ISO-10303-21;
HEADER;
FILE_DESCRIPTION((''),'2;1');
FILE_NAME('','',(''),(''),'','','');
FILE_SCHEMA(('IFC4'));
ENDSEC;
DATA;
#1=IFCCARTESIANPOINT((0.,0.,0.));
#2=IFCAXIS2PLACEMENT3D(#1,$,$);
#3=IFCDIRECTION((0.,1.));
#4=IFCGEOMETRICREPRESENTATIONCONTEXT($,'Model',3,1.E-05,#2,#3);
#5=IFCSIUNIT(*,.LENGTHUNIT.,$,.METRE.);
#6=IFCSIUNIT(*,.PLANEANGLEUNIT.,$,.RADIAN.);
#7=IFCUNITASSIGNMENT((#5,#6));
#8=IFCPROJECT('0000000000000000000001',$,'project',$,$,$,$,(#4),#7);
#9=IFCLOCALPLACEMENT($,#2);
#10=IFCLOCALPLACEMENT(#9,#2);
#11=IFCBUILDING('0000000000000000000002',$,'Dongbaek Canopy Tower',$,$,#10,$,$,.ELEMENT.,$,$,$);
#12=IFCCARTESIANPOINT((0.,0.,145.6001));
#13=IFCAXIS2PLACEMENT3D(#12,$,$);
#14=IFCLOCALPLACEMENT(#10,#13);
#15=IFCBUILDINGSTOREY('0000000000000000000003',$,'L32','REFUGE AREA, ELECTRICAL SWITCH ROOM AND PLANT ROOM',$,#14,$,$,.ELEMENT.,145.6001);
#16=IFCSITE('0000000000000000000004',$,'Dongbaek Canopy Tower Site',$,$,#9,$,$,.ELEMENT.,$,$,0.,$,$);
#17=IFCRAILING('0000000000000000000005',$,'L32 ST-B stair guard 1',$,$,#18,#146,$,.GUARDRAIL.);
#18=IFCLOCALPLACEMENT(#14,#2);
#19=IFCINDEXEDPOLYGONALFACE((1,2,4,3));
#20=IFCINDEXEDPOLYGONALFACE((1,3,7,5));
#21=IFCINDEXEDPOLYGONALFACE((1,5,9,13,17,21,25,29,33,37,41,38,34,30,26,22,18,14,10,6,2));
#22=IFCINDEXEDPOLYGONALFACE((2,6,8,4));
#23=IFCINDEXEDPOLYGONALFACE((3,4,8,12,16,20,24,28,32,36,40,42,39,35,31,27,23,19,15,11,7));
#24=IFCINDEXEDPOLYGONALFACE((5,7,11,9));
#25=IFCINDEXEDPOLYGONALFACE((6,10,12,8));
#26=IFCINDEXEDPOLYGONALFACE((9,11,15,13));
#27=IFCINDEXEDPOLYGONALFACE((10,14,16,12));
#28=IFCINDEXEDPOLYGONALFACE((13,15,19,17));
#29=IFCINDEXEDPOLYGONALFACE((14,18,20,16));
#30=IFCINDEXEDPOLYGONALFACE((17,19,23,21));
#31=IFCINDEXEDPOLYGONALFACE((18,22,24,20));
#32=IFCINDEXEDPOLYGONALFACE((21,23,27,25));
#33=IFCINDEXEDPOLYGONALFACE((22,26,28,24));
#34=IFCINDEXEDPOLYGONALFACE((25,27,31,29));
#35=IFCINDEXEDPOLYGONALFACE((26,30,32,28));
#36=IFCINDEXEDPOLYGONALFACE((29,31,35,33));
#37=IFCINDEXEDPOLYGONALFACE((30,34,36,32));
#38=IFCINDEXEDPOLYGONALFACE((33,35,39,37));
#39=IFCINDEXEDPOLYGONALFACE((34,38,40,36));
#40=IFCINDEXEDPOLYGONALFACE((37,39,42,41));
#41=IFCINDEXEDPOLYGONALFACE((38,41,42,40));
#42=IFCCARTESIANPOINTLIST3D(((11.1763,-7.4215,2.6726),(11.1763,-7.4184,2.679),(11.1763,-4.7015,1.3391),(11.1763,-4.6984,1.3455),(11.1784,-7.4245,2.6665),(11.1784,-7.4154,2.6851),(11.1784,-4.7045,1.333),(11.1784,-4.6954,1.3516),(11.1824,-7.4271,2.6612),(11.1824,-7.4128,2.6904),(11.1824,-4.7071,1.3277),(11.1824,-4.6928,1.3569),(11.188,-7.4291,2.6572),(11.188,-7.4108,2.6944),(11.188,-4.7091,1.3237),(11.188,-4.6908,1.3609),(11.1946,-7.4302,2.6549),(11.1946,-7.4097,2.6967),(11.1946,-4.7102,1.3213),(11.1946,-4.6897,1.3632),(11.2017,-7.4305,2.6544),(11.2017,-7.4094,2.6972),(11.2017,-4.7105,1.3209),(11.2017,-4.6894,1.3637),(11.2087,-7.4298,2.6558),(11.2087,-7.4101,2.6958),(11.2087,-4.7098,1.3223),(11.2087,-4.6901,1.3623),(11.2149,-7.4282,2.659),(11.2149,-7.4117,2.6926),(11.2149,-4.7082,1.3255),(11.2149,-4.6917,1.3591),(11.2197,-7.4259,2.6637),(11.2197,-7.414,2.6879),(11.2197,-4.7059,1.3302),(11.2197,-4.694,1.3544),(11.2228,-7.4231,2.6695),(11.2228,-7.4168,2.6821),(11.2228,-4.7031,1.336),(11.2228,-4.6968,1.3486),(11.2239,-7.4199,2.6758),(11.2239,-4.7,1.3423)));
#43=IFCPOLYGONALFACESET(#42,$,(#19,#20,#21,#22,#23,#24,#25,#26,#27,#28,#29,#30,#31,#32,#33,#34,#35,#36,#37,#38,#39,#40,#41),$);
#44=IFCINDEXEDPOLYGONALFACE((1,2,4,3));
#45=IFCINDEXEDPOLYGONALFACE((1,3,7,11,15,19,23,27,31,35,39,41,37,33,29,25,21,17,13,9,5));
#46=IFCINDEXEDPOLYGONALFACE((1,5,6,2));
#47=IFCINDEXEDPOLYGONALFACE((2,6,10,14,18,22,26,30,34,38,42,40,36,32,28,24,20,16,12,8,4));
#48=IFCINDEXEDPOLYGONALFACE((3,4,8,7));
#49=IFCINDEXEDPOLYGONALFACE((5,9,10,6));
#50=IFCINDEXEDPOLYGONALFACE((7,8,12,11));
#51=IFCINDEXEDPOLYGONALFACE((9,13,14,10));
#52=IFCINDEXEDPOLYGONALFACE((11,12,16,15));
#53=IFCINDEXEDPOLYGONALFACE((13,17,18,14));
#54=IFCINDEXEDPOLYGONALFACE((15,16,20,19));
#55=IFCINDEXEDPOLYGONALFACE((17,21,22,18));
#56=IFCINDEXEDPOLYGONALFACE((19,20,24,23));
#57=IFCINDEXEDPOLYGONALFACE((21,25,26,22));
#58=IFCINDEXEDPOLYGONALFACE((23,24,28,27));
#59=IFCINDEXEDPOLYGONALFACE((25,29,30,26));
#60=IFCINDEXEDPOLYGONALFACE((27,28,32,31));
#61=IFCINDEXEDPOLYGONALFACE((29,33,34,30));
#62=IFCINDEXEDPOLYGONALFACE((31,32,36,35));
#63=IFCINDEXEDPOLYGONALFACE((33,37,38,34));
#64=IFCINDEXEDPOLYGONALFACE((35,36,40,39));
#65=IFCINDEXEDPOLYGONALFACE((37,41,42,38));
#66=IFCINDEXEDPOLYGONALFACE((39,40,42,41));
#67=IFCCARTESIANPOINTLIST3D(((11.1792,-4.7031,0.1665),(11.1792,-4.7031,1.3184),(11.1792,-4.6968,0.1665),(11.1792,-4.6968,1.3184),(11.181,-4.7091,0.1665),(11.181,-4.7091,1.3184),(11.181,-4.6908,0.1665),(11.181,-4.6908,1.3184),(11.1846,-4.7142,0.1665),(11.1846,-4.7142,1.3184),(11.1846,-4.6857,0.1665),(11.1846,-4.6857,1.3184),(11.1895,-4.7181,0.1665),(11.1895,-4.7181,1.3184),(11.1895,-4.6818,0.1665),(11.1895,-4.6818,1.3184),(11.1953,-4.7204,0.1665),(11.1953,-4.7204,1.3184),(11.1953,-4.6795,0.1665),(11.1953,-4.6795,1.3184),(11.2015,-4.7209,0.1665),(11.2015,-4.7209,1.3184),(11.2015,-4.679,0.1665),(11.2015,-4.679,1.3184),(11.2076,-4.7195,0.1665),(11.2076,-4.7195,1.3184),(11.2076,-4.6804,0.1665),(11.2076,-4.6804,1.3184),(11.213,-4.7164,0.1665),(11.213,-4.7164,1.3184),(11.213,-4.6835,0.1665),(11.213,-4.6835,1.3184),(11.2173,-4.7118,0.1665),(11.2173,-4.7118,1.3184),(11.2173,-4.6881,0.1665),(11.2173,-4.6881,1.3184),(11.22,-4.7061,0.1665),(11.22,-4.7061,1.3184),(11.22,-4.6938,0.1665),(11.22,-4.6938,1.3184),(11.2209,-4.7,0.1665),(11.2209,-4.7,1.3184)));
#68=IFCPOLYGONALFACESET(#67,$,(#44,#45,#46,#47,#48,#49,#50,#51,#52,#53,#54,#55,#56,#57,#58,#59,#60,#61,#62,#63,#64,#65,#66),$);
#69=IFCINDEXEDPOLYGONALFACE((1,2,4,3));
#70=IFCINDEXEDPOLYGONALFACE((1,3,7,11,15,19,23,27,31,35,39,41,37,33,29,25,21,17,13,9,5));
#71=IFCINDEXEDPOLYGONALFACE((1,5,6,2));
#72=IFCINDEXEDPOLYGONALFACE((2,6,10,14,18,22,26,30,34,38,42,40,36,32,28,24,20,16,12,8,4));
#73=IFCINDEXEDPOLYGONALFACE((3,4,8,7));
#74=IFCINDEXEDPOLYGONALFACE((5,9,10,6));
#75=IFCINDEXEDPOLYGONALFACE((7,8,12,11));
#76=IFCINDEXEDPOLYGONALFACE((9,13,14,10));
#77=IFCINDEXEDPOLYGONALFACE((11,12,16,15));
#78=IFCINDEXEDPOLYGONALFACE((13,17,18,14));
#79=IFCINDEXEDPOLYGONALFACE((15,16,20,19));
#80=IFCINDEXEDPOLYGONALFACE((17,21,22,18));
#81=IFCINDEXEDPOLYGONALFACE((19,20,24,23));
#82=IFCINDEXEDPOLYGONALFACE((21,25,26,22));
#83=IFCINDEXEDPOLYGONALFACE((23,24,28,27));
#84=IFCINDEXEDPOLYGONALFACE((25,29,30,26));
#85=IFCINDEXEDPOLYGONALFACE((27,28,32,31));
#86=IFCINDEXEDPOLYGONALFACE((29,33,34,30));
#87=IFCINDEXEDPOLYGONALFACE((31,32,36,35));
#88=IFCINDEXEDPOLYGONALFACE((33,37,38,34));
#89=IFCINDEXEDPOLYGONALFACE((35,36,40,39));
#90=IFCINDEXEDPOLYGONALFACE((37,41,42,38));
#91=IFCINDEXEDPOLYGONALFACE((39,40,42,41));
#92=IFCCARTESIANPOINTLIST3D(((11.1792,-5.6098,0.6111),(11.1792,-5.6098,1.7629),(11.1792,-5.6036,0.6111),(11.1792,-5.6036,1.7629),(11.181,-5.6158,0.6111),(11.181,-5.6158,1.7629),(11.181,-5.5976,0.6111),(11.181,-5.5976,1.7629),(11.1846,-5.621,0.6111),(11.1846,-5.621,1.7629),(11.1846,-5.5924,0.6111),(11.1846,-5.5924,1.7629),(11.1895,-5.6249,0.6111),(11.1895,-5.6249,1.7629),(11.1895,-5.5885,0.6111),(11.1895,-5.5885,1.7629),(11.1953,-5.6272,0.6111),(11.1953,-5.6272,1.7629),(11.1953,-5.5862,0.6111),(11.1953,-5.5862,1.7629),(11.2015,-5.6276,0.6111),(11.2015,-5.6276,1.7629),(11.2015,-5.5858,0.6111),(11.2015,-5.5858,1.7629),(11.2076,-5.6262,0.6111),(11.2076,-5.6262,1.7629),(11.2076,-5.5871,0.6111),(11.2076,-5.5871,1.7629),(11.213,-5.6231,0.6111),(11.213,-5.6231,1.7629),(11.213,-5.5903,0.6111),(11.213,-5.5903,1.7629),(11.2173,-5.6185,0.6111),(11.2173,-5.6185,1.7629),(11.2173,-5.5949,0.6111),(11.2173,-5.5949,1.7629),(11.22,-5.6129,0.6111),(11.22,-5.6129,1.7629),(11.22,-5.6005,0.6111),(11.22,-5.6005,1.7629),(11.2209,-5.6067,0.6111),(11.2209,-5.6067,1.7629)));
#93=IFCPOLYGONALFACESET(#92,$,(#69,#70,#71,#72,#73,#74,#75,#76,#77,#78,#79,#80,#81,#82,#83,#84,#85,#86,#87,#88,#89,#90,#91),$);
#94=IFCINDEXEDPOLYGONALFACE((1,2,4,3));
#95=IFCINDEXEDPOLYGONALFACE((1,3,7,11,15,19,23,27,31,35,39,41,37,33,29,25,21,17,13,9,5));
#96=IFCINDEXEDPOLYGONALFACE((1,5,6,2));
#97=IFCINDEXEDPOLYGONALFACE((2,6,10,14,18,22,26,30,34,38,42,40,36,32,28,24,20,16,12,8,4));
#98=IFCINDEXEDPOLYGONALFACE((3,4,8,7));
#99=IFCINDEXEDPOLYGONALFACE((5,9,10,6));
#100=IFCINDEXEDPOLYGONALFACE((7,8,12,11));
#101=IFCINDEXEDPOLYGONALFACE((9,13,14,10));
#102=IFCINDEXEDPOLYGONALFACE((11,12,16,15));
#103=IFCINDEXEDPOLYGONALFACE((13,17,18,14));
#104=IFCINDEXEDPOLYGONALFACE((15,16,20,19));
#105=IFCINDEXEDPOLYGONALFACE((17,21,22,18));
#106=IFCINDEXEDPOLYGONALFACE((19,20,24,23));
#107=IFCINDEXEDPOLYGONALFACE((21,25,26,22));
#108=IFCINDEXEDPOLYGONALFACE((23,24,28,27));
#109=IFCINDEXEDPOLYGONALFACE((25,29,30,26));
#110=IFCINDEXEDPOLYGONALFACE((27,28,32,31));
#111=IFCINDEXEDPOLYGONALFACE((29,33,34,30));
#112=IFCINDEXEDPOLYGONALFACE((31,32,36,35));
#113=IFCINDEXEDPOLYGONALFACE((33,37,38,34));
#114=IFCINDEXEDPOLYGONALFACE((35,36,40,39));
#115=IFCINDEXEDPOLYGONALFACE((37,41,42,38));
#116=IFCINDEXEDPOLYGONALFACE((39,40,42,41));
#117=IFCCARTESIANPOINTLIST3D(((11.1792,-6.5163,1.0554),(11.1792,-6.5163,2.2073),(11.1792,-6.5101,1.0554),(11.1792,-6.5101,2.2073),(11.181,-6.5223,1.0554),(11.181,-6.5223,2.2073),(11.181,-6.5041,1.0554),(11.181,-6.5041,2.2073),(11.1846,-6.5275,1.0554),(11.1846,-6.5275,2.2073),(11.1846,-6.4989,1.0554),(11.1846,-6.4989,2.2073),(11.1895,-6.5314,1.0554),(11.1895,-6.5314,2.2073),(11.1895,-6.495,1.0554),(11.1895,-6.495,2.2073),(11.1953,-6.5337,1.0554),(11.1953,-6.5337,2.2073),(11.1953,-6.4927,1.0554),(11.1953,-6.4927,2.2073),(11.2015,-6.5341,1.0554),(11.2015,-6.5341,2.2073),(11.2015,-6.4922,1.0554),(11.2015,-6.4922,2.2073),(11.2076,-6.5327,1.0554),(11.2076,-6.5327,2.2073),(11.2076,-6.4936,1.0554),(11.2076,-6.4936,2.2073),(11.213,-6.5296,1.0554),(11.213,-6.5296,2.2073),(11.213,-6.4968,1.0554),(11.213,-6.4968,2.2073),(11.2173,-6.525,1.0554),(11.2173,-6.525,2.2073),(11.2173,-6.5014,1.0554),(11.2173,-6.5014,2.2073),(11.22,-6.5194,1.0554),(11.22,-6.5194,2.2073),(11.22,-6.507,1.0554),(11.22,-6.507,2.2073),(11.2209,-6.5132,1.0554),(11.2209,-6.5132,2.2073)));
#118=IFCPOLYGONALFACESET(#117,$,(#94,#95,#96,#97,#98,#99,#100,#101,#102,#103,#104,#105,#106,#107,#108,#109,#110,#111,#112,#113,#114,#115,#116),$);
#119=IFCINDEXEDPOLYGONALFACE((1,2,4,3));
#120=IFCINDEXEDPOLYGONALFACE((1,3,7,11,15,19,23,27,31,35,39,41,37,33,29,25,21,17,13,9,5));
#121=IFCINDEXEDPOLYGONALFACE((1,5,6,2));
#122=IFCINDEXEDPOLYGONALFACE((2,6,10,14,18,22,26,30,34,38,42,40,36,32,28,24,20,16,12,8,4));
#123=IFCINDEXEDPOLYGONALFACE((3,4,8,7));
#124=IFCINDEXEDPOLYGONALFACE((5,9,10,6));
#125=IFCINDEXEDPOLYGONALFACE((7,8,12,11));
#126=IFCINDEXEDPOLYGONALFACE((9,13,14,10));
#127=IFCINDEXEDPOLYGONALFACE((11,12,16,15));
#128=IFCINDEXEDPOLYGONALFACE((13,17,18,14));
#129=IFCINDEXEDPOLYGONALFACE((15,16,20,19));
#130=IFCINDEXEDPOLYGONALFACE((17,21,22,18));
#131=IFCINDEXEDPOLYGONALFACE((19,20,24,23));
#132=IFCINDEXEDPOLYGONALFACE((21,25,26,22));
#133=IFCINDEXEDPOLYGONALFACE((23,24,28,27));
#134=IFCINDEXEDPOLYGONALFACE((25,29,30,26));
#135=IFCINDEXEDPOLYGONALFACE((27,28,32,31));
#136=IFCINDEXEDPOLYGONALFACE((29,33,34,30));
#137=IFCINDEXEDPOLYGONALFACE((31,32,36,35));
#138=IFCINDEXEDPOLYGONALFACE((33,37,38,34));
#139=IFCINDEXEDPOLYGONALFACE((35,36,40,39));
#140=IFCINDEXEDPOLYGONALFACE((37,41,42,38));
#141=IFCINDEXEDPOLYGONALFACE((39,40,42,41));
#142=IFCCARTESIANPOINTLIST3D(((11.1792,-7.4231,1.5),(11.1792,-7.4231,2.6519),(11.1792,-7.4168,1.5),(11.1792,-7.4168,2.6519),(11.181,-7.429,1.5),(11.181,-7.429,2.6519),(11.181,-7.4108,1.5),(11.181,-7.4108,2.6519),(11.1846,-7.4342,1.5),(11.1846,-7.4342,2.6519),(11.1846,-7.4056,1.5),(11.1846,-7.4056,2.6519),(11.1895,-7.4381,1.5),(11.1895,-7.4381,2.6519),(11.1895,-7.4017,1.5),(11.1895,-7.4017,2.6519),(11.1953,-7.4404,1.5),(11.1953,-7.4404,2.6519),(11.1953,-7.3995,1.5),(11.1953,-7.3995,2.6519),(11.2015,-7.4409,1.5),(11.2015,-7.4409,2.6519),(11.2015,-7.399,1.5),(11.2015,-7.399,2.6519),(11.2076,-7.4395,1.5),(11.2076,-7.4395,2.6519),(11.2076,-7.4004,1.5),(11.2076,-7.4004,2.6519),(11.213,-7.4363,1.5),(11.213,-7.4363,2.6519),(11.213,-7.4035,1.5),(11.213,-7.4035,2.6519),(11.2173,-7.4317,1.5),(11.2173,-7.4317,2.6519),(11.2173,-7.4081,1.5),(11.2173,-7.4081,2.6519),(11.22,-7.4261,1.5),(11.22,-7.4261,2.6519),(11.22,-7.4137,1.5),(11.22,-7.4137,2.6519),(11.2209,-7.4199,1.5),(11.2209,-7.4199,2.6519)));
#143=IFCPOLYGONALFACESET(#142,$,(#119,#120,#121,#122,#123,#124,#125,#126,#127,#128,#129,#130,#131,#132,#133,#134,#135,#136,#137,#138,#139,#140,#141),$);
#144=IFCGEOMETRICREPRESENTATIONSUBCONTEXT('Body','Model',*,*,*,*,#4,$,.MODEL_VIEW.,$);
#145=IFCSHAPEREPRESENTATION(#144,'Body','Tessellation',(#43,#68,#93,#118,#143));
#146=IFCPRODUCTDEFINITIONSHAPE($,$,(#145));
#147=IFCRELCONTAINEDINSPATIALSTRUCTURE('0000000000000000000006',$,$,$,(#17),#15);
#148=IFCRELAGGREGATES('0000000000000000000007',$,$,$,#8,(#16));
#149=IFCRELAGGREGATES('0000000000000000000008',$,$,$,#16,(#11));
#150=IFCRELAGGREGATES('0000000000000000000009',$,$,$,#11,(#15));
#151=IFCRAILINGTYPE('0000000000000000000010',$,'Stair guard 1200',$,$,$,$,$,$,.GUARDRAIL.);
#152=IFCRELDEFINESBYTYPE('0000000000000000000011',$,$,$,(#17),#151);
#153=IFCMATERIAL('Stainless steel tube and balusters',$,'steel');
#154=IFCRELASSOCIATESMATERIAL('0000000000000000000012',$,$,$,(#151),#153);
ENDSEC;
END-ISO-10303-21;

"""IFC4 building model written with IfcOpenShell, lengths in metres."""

from ifc_helpers import new_model, si_unit, direction, frame, origin, origin_2d, place, context, subcontext, project, spatial, circle, extrude, material, type_object, element, save


model = new_model("IFC4")

# Units and contexts
model_context = context("Model", 3, precision=1e-05, world=origin(), true_north=direction((0.0, 1.0)))
body_context = subcontext(model_context, "Body", "Model", "MODEL_VIEW")
ifc_project = project(units=[si_unit("LENGTHUNIT", "METRE"), si_unit("PLANEANGLEUNIT", "RADIAN")], contexts=[model_context])

# Site, building, storey
site_placement = place(None, origin())
site = spatial("IfcSite", under=ifc_project, at=site_placement, Name="Dongbaek Canopy Tower Site", CompositionType="ELEMENT", RefElevation=0.0)
building_placement = place(site_placement, origin())
building = spatial("IfcBuilding", under=site, at=building_placement, Name="Dongbaek Canopy Tower", CompositionType="ELEMENT")
storey_placement = place(building_placement, frame((0.0, 0.0, 145.6001)))
storey = spatial("IfcBuildingStorey", under=building, at=storey_placement, Name="L32", Description="REFUGE AREA, ELECTRICAL SWITCH ROOM AND PLANT ROOM", CompositionType="ELEMENT", Elevation=145.6001)

# Railing
ifc_material_1 = material(Name="Stainless steel tube and balusters", Category="steel")
railing_type_1 = type_object("IfcRailingType", Name="Stair guard 1200", PredefinedType="GUARDRAIL", material=ifc_material_1)
railing_1_placement = place(storey_placement, frame((11.2, -4.7, 0.1665)))
element("IfcRailing", 1, at=railing_1_placement, inside=storey, type_object=railing_type_1, Name="L32 ST-B stair guard 1", PredefinedType="GUARDRAIL", context=body_context, shape_type="SweptSolid", body=[
    extrude(circle(Radius=0.0239, at=origin_2d()), frame((0.0, 0.0, 1.1758), z_axis=(0.0, -0.897898, 0.440204), x_axis=(1.0, 0.0, 0.0)), (0.0, 0.0, 1.0), 3.0293),
    extrude(circle(Radius=0.021, at=origin_2d()), origin(), (0.0, 0.0, 1.0), 1.1519),
    extrude(circle(Radius=0.021, at=origin_2d()), frame((0.0, -0.9067, 0.4446)), (0.0, 0.0, 1.0), 1.1519),
    extrude(circle(Radius=0.021, at=origin_2d()), frame((0.0, -1.8132, 0.8889)), (0.0, 0.0, 1.0), 1.1519),
    extrude(circle(Radius=0.021, at=origin_2d()), frame((0.0, -2.72, 1.3335)), (0.0, 0.0, 1.0), 1.1519),
])

save(model, "model.ifc")
